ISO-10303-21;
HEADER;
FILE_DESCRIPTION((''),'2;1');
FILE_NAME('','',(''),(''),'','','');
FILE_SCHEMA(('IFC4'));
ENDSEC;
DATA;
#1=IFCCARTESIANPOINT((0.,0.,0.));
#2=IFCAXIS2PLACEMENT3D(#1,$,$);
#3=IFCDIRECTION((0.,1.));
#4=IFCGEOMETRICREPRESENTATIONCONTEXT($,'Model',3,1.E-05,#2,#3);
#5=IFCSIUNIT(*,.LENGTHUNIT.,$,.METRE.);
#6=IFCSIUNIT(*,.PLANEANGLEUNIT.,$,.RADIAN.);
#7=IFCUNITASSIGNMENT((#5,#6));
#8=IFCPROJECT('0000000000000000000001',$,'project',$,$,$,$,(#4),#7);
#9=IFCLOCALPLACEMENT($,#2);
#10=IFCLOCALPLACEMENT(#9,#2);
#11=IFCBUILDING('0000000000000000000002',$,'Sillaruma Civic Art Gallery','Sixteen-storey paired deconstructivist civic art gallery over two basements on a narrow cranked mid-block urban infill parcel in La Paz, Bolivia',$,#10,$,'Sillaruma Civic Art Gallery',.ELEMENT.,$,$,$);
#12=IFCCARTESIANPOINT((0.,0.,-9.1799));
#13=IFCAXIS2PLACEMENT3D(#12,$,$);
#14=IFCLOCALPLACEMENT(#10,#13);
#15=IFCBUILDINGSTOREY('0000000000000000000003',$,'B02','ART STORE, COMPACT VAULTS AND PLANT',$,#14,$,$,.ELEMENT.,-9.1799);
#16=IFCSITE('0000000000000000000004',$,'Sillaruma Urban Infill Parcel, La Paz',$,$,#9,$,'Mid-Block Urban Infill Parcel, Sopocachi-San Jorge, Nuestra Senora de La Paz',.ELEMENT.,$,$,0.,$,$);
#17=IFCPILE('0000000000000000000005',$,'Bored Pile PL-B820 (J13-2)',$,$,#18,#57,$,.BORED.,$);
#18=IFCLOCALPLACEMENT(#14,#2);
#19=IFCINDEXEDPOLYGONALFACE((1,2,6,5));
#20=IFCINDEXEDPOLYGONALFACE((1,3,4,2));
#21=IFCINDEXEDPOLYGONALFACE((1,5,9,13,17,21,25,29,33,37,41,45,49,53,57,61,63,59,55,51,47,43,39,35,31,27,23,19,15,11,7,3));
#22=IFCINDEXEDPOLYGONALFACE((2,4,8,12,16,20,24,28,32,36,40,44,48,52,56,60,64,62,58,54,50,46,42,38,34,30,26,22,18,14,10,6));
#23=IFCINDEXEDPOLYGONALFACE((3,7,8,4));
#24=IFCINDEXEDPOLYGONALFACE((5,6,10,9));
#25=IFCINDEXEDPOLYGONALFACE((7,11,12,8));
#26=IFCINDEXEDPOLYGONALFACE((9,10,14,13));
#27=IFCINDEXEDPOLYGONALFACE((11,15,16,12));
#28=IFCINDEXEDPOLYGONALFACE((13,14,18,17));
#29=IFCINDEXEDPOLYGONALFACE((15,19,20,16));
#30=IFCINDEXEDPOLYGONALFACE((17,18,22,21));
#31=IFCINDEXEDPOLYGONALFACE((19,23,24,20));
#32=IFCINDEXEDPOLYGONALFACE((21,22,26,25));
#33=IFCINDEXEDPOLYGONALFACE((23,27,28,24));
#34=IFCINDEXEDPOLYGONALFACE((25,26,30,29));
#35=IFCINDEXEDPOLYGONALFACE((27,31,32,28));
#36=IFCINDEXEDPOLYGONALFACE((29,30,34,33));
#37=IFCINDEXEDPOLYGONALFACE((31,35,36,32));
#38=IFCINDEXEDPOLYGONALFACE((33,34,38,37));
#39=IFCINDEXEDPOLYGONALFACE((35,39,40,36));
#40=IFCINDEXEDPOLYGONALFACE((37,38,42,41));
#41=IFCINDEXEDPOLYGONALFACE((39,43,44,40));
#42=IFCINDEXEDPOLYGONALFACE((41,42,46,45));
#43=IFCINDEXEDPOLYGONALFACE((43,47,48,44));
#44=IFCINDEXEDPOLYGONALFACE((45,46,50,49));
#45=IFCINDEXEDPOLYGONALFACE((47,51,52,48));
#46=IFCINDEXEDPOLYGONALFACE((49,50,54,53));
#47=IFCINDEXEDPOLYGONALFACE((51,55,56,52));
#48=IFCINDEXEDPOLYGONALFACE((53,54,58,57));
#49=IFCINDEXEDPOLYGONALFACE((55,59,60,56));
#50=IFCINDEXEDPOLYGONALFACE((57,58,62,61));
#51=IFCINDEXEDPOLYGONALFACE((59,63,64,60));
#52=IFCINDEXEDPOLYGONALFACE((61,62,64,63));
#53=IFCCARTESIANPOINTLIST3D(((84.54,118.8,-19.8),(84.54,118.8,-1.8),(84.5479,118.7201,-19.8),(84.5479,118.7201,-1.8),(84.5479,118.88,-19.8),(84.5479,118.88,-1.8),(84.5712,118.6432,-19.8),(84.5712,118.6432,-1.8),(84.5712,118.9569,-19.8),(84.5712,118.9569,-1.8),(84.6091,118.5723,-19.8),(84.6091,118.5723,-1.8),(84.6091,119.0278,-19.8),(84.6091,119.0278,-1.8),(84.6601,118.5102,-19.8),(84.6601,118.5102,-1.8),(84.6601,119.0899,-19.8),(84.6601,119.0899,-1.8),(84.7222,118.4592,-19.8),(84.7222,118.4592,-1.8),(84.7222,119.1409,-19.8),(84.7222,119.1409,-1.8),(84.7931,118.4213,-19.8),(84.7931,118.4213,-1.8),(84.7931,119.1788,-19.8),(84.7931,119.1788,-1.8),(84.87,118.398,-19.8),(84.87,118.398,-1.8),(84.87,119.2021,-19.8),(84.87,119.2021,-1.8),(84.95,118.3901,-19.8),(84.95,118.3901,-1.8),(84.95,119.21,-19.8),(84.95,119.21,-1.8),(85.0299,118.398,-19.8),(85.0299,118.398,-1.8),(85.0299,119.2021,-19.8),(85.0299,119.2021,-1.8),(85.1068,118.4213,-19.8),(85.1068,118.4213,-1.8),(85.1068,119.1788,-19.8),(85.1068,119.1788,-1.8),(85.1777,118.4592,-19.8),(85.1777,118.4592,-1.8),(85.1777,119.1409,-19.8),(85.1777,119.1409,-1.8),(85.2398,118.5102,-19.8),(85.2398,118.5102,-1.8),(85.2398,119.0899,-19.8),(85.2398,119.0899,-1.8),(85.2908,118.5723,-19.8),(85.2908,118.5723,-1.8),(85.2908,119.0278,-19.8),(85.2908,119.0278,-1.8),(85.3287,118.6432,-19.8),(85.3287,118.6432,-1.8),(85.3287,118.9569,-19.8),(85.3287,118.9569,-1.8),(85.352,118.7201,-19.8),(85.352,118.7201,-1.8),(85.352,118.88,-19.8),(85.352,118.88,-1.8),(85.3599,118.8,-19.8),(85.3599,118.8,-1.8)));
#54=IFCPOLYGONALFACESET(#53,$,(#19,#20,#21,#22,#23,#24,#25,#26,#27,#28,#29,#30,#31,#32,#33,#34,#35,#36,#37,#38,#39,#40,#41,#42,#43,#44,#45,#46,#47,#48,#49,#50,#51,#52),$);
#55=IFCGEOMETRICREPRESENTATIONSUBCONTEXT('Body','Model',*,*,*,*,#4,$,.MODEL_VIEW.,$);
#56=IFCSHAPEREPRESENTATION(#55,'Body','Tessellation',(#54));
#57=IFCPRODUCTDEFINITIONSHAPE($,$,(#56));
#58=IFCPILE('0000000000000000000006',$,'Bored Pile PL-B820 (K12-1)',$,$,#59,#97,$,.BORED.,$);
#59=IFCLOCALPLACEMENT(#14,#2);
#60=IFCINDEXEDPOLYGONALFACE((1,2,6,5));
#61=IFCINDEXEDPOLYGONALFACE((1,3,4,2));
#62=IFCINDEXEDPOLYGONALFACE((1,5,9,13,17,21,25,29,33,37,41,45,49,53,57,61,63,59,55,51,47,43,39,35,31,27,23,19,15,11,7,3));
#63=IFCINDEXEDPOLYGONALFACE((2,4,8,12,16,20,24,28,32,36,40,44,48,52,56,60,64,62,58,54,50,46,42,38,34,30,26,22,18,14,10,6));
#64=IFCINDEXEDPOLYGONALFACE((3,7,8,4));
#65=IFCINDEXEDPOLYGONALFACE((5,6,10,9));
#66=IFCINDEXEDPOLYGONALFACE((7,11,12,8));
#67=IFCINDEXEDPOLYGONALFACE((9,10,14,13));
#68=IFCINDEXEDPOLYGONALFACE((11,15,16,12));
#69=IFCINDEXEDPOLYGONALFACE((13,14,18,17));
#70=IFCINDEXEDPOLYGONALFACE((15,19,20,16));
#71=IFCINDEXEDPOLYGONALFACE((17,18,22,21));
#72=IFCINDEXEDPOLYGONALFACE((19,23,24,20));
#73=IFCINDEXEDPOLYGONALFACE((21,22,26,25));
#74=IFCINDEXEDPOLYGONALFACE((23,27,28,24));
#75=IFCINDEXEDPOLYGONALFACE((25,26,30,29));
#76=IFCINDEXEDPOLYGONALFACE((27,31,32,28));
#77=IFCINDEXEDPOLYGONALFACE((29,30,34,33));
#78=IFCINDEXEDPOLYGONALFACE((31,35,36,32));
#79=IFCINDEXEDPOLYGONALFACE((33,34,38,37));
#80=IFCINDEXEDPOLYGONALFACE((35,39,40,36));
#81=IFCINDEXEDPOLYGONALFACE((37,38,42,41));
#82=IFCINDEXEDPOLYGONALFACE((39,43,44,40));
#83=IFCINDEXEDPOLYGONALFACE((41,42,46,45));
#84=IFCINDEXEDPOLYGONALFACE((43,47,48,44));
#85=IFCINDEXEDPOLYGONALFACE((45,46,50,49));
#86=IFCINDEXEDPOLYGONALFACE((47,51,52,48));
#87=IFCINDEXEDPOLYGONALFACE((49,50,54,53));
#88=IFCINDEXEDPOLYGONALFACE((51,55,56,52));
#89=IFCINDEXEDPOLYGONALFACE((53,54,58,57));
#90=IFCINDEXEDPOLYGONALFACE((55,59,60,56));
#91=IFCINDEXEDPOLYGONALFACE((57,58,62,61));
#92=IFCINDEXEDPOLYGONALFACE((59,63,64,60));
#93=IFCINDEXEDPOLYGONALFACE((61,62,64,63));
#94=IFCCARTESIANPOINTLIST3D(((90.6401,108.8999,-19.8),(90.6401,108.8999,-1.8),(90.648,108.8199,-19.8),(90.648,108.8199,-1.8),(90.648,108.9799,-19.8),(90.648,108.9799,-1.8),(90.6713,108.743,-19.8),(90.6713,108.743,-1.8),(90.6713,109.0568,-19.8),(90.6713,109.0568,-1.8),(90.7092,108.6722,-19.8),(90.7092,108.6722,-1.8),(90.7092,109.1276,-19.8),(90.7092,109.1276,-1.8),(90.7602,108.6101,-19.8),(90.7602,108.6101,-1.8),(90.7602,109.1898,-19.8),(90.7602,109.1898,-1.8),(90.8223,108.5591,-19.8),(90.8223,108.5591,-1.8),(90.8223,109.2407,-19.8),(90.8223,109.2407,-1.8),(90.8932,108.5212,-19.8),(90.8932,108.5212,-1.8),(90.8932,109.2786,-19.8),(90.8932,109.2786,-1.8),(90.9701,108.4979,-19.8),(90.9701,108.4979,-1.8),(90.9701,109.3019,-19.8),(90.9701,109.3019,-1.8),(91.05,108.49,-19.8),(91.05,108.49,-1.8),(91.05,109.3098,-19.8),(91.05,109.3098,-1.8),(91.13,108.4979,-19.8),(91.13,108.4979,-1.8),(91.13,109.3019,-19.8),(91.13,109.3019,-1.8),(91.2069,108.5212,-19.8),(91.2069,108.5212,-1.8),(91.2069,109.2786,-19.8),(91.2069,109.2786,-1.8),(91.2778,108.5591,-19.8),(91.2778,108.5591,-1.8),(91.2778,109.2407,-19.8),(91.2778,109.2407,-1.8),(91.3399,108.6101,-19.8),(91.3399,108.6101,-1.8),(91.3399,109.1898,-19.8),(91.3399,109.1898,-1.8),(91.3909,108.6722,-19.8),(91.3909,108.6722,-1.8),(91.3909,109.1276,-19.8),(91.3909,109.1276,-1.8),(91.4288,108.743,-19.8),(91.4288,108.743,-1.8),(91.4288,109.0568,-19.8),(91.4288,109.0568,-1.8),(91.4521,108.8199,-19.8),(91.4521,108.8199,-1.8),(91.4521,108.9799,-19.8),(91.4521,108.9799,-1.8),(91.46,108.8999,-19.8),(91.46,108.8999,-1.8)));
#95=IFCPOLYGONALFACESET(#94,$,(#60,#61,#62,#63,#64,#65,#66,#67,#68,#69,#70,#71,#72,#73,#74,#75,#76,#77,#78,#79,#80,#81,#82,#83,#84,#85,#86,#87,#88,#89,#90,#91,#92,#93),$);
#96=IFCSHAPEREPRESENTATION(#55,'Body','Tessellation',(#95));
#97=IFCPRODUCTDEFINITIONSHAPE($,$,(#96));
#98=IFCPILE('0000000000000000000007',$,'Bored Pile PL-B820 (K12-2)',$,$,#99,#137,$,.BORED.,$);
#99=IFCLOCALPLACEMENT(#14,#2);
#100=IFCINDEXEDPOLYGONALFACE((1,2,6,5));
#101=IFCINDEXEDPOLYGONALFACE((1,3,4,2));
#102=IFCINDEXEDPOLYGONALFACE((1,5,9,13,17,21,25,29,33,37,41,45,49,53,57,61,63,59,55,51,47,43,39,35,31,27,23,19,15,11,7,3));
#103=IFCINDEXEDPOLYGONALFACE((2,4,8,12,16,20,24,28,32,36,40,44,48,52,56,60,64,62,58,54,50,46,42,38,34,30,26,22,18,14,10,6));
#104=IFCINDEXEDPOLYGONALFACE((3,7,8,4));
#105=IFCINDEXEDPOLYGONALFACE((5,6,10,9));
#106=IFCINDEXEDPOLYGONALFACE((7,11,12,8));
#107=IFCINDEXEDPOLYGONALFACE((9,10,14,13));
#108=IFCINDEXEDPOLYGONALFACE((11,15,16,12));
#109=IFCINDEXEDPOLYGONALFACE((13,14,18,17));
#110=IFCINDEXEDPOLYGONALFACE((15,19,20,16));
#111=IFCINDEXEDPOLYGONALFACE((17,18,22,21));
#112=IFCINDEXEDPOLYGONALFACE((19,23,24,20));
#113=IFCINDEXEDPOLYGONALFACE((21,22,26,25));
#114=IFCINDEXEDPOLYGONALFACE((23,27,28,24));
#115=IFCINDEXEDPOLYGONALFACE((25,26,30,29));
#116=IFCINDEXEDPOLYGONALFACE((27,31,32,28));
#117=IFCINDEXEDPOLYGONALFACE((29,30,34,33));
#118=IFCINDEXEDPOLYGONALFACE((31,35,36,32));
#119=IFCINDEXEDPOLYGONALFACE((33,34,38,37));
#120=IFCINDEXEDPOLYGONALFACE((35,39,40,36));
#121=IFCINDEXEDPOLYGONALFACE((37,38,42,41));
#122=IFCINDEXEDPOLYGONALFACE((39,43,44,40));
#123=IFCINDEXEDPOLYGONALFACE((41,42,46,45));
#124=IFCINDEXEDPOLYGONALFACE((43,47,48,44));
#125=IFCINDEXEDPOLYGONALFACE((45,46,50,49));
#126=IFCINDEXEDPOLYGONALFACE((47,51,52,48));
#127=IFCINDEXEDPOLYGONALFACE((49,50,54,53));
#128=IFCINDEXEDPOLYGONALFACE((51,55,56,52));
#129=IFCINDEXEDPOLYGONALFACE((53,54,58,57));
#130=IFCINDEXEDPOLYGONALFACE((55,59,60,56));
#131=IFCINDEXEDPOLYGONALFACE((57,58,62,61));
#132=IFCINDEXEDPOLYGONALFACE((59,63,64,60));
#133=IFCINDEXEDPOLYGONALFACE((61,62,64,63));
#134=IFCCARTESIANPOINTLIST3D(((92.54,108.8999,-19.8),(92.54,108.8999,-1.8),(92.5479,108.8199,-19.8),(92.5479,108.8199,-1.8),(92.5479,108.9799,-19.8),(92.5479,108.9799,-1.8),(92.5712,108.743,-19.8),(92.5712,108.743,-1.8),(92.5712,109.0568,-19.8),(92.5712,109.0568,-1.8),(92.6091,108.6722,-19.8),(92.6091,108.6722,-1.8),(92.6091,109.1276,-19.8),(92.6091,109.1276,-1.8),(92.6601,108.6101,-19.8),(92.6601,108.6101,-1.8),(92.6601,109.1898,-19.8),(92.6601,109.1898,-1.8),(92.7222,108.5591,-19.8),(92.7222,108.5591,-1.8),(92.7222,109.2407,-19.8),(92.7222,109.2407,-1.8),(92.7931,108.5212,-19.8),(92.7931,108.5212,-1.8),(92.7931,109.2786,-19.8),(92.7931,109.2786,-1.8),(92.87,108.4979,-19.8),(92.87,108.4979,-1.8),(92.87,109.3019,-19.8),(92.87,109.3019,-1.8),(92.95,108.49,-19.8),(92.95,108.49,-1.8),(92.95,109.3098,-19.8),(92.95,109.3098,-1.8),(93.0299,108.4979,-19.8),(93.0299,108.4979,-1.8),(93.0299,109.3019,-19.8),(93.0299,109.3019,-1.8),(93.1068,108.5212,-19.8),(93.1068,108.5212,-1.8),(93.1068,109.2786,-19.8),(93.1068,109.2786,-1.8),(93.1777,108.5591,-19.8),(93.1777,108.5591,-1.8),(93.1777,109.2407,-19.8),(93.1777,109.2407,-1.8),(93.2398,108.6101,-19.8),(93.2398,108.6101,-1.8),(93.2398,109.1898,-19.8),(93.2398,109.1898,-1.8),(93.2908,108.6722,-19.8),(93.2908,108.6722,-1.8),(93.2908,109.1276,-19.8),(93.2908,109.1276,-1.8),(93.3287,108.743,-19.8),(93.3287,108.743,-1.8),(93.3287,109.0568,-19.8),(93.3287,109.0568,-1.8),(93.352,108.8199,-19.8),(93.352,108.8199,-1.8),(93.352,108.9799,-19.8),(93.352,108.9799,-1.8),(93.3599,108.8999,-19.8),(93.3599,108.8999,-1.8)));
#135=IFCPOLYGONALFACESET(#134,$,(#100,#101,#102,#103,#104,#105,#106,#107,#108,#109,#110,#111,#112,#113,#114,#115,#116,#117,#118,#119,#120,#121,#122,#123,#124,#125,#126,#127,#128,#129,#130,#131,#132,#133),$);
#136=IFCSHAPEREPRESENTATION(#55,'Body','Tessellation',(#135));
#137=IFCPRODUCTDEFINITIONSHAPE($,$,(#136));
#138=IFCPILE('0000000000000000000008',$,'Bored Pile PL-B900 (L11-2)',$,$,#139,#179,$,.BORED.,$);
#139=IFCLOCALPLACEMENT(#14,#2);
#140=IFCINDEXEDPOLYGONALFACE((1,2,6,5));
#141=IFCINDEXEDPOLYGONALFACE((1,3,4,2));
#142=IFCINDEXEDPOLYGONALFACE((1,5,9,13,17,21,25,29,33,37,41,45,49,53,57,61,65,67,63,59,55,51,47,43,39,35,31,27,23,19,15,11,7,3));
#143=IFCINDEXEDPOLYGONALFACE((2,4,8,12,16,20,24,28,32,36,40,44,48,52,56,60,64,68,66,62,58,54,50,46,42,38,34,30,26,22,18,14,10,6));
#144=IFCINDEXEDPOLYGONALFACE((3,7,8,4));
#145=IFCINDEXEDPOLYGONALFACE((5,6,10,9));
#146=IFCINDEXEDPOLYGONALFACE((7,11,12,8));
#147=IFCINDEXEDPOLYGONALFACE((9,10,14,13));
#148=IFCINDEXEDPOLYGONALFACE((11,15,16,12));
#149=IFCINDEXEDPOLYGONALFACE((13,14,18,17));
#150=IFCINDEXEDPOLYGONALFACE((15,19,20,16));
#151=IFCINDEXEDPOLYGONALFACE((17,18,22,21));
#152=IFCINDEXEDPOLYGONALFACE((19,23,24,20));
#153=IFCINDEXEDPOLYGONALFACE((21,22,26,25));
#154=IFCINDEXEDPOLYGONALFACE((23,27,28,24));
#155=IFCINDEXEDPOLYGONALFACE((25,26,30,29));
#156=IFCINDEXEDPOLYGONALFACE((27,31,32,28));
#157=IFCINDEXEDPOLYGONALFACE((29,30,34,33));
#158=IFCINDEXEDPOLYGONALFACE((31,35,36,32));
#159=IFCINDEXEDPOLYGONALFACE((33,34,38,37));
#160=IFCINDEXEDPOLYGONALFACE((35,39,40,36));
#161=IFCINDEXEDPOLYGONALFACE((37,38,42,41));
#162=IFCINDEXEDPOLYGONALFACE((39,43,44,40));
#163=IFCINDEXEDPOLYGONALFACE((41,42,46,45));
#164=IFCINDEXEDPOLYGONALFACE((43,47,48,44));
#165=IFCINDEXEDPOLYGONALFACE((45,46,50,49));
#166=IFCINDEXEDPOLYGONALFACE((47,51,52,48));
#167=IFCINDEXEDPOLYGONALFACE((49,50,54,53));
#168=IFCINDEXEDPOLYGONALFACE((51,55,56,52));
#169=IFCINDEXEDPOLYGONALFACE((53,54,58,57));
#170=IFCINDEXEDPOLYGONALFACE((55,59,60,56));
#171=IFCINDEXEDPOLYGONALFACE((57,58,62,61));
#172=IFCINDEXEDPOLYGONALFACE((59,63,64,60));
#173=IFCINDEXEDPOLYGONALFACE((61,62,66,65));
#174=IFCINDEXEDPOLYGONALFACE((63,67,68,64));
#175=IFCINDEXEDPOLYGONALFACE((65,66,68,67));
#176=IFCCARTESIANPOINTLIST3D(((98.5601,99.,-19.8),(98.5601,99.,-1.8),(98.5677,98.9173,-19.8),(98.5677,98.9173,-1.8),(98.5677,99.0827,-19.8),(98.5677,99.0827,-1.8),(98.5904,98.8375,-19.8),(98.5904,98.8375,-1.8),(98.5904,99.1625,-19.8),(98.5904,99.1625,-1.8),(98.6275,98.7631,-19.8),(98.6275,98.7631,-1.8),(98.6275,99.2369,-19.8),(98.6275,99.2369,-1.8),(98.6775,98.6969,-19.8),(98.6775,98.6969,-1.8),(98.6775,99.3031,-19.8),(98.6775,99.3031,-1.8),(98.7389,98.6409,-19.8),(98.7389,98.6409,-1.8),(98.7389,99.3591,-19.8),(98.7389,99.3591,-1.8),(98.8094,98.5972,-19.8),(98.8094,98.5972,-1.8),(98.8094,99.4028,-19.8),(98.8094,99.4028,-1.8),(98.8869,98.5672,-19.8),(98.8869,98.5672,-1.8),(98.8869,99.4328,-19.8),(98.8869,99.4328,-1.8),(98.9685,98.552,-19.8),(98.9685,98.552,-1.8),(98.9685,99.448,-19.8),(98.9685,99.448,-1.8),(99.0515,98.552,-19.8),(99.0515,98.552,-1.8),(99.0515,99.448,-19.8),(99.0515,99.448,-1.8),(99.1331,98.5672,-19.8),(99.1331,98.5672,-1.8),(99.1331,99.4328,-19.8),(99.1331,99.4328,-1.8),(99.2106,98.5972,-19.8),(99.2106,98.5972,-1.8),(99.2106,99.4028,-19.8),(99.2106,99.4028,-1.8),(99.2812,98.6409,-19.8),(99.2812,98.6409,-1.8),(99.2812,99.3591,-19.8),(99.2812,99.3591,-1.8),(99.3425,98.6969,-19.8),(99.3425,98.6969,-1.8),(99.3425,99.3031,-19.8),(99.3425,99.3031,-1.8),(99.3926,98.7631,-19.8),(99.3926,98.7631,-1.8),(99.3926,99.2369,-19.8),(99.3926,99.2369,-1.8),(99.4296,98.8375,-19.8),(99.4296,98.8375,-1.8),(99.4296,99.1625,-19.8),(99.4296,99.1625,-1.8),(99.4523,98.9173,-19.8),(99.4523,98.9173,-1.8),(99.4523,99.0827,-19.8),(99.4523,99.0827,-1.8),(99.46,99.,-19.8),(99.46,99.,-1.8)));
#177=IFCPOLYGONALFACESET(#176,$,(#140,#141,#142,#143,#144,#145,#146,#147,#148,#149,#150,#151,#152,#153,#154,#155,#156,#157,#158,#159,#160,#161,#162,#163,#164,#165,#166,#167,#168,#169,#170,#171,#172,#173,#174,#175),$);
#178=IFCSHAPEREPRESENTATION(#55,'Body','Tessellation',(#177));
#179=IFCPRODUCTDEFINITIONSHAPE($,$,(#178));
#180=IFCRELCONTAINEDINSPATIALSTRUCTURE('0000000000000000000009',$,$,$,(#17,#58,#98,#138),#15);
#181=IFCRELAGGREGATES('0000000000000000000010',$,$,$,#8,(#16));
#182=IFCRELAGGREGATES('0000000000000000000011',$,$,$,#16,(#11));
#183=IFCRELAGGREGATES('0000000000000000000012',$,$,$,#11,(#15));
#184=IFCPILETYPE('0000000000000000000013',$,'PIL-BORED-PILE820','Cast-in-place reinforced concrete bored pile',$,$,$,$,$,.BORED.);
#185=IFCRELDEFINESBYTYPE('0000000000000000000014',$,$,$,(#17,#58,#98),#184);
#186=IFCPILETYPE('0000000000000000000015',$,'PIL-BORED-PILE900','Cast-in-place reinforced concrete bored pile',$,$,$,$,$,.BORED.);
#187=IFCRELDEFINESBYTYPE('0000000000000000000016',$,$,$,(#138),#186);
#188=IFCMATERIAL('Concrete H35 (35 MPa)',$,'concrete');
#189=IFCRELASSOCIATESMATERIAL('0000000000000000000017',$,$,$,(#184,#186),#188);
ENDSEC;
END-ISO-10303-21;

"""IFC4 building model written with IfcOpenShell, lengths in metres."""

from ifc_helpers import new_model, si_unit, direction, frame, origin, origin_2d, place, context, subcontext, project, spatial, circle, extrude, material, material_profile, profile_set, type_object, element, save


model = new_model("IFC4")

# Units and contexts
model_context = context("Model", 3, precision=1e-05, world=origin(), true_north=direction((0.0, 1.0)))
body_context = subcontext(model_context, "Body", "Model", "MODEL_VIEW")
ifc_project = project(units=[si_unit("LENGTHUNIT", "METRE"), si_unit("PLANEANGLEUNIT", "RADIAN")], contexts=[model_context])

# Site, building, storey
site_placement = place(None, origin())
site = spatial("IfcSite", under=ifc_project, at=site_placement, Name="Sillaruma Urban Infill Parcel, La Paz", LongName="Mid-Block Urban Infill Parcel, Sopocachi-San Jorge, Nuestra Senora de La Paz", CompositionType="ELEMENT", RefElevation=0.0)
building_placement = place(site_placement, origin())
building = spatial("IfcBuilding", under=site, at=building_placement, Name="Sillaruma Civic Art Gallery", Description="Sixteen-storey paired deconstructivist civic art gallery over two basements on a narrow cranked mid-block urban infill parcel in La Paz, Bolivia", LongName="Sillaruma Civic Art Gallery", CompositionType="ELEMENT")
storey_placement = place(building_placement, frame((0.0, 0.0, -9.1799)))
storey = spatial("IfcBuildingStorey", under=building, at=storey_placement, Name="B02", Description="ART STORE, COMPACT VAULTS AND PLANT", CompositionType="ELEMENT", Elevation=-9.1799)

# Shared definitions
ifc_material_1 = material(Name="Concrete H35 (35 MPa)", Category="concrete")

# Piles
ifc_material_profile_1 = material_profile(ifc_material_1, circle(Radius=0.4099, at=origin_2d()), Name="PILE820")
ifc_profile_set_1 = profile_set([ifc_material_profile_1], Name="Concrete H35 (35 MPa)")
pile_type_1 = type_object("IfcPileType", Name="PIL-BORED-PILE820", Description="Cast-in-place reinforced concrete bored pile", PredefinedType="BORED", material=ifc_profile_set_1)
for number, where, z_axis, x_axis, name in (
    (1, (84.95, 118.8, -1.8), (0.0, 0.0, -1.0), (1.0, 0.0, 0.0), "Bored Pile PL-B820 (J13-2)"),
    (2, (91.05, 108.8999, -1.8), (0.0, 0.0, -1.0), (1.0, 0.0, 0.0), "Bored Pile PL-B820 (K12-1)"),
    (3, (92.95, 108.8999, -1.8), (0.0, 0.0, -1.0), (1.0, 0.0, 0.0), "Bored Pile PL-B820 (K12-2)"),
):
    element("IfcPile", number, at=place(storey_placement, frame(where, z_axis=z_axis, x_axis=x_axis)), inside=storey, type_object=pile_type_1, Name=name, PredefinedType="BORED", context=body_context, shape_type="SweptSolid", body=[
        extrude(circle(Radius=0.4099, at=origin_2d()), origin(), (0.0, 0.0, 1.0), 18.0),
    ])
ifc_material_profile_2 = material_profile(ifc_material_1, circle(Radius=0.45, at=origin_2d()), Name="PILE900")
ifc_profile_set_2 = profile_set([ifc_material_profile_2], Name="Concrete H35 (35 MPa)")
pile_type_2 = type_object("IfcPileType", Name="PIL-BORED-PILE900", Description="Cast-in-place reinforced concrete bored pile", PredefinedType="BORED", material=ifc_profile_set_2)
for number, where, z_axis, x_axis, name in (
    (4, (99.01, 99.0, -1.8), (0.0, 0.0, -1.0), (1.0, 0.0, 0.0), "Bored Pile PL-B900 (L11-2)"),
):
    element("IfcPile", number, at=place(storey_placement, frame(where, z_axis=z_axis, x_axis=x_axis)), inside=storey, type_object=pile_type_2, Name=name, PredefinedType="BORED", context=body_context, shape_type="SweptSolid", body=[
        extrude(circle(Radius=0.45, at=origin_2d()), origin(), (0.0, 0.0, 1.0), 18.0),
    ])

save(model, "model.ifc")
